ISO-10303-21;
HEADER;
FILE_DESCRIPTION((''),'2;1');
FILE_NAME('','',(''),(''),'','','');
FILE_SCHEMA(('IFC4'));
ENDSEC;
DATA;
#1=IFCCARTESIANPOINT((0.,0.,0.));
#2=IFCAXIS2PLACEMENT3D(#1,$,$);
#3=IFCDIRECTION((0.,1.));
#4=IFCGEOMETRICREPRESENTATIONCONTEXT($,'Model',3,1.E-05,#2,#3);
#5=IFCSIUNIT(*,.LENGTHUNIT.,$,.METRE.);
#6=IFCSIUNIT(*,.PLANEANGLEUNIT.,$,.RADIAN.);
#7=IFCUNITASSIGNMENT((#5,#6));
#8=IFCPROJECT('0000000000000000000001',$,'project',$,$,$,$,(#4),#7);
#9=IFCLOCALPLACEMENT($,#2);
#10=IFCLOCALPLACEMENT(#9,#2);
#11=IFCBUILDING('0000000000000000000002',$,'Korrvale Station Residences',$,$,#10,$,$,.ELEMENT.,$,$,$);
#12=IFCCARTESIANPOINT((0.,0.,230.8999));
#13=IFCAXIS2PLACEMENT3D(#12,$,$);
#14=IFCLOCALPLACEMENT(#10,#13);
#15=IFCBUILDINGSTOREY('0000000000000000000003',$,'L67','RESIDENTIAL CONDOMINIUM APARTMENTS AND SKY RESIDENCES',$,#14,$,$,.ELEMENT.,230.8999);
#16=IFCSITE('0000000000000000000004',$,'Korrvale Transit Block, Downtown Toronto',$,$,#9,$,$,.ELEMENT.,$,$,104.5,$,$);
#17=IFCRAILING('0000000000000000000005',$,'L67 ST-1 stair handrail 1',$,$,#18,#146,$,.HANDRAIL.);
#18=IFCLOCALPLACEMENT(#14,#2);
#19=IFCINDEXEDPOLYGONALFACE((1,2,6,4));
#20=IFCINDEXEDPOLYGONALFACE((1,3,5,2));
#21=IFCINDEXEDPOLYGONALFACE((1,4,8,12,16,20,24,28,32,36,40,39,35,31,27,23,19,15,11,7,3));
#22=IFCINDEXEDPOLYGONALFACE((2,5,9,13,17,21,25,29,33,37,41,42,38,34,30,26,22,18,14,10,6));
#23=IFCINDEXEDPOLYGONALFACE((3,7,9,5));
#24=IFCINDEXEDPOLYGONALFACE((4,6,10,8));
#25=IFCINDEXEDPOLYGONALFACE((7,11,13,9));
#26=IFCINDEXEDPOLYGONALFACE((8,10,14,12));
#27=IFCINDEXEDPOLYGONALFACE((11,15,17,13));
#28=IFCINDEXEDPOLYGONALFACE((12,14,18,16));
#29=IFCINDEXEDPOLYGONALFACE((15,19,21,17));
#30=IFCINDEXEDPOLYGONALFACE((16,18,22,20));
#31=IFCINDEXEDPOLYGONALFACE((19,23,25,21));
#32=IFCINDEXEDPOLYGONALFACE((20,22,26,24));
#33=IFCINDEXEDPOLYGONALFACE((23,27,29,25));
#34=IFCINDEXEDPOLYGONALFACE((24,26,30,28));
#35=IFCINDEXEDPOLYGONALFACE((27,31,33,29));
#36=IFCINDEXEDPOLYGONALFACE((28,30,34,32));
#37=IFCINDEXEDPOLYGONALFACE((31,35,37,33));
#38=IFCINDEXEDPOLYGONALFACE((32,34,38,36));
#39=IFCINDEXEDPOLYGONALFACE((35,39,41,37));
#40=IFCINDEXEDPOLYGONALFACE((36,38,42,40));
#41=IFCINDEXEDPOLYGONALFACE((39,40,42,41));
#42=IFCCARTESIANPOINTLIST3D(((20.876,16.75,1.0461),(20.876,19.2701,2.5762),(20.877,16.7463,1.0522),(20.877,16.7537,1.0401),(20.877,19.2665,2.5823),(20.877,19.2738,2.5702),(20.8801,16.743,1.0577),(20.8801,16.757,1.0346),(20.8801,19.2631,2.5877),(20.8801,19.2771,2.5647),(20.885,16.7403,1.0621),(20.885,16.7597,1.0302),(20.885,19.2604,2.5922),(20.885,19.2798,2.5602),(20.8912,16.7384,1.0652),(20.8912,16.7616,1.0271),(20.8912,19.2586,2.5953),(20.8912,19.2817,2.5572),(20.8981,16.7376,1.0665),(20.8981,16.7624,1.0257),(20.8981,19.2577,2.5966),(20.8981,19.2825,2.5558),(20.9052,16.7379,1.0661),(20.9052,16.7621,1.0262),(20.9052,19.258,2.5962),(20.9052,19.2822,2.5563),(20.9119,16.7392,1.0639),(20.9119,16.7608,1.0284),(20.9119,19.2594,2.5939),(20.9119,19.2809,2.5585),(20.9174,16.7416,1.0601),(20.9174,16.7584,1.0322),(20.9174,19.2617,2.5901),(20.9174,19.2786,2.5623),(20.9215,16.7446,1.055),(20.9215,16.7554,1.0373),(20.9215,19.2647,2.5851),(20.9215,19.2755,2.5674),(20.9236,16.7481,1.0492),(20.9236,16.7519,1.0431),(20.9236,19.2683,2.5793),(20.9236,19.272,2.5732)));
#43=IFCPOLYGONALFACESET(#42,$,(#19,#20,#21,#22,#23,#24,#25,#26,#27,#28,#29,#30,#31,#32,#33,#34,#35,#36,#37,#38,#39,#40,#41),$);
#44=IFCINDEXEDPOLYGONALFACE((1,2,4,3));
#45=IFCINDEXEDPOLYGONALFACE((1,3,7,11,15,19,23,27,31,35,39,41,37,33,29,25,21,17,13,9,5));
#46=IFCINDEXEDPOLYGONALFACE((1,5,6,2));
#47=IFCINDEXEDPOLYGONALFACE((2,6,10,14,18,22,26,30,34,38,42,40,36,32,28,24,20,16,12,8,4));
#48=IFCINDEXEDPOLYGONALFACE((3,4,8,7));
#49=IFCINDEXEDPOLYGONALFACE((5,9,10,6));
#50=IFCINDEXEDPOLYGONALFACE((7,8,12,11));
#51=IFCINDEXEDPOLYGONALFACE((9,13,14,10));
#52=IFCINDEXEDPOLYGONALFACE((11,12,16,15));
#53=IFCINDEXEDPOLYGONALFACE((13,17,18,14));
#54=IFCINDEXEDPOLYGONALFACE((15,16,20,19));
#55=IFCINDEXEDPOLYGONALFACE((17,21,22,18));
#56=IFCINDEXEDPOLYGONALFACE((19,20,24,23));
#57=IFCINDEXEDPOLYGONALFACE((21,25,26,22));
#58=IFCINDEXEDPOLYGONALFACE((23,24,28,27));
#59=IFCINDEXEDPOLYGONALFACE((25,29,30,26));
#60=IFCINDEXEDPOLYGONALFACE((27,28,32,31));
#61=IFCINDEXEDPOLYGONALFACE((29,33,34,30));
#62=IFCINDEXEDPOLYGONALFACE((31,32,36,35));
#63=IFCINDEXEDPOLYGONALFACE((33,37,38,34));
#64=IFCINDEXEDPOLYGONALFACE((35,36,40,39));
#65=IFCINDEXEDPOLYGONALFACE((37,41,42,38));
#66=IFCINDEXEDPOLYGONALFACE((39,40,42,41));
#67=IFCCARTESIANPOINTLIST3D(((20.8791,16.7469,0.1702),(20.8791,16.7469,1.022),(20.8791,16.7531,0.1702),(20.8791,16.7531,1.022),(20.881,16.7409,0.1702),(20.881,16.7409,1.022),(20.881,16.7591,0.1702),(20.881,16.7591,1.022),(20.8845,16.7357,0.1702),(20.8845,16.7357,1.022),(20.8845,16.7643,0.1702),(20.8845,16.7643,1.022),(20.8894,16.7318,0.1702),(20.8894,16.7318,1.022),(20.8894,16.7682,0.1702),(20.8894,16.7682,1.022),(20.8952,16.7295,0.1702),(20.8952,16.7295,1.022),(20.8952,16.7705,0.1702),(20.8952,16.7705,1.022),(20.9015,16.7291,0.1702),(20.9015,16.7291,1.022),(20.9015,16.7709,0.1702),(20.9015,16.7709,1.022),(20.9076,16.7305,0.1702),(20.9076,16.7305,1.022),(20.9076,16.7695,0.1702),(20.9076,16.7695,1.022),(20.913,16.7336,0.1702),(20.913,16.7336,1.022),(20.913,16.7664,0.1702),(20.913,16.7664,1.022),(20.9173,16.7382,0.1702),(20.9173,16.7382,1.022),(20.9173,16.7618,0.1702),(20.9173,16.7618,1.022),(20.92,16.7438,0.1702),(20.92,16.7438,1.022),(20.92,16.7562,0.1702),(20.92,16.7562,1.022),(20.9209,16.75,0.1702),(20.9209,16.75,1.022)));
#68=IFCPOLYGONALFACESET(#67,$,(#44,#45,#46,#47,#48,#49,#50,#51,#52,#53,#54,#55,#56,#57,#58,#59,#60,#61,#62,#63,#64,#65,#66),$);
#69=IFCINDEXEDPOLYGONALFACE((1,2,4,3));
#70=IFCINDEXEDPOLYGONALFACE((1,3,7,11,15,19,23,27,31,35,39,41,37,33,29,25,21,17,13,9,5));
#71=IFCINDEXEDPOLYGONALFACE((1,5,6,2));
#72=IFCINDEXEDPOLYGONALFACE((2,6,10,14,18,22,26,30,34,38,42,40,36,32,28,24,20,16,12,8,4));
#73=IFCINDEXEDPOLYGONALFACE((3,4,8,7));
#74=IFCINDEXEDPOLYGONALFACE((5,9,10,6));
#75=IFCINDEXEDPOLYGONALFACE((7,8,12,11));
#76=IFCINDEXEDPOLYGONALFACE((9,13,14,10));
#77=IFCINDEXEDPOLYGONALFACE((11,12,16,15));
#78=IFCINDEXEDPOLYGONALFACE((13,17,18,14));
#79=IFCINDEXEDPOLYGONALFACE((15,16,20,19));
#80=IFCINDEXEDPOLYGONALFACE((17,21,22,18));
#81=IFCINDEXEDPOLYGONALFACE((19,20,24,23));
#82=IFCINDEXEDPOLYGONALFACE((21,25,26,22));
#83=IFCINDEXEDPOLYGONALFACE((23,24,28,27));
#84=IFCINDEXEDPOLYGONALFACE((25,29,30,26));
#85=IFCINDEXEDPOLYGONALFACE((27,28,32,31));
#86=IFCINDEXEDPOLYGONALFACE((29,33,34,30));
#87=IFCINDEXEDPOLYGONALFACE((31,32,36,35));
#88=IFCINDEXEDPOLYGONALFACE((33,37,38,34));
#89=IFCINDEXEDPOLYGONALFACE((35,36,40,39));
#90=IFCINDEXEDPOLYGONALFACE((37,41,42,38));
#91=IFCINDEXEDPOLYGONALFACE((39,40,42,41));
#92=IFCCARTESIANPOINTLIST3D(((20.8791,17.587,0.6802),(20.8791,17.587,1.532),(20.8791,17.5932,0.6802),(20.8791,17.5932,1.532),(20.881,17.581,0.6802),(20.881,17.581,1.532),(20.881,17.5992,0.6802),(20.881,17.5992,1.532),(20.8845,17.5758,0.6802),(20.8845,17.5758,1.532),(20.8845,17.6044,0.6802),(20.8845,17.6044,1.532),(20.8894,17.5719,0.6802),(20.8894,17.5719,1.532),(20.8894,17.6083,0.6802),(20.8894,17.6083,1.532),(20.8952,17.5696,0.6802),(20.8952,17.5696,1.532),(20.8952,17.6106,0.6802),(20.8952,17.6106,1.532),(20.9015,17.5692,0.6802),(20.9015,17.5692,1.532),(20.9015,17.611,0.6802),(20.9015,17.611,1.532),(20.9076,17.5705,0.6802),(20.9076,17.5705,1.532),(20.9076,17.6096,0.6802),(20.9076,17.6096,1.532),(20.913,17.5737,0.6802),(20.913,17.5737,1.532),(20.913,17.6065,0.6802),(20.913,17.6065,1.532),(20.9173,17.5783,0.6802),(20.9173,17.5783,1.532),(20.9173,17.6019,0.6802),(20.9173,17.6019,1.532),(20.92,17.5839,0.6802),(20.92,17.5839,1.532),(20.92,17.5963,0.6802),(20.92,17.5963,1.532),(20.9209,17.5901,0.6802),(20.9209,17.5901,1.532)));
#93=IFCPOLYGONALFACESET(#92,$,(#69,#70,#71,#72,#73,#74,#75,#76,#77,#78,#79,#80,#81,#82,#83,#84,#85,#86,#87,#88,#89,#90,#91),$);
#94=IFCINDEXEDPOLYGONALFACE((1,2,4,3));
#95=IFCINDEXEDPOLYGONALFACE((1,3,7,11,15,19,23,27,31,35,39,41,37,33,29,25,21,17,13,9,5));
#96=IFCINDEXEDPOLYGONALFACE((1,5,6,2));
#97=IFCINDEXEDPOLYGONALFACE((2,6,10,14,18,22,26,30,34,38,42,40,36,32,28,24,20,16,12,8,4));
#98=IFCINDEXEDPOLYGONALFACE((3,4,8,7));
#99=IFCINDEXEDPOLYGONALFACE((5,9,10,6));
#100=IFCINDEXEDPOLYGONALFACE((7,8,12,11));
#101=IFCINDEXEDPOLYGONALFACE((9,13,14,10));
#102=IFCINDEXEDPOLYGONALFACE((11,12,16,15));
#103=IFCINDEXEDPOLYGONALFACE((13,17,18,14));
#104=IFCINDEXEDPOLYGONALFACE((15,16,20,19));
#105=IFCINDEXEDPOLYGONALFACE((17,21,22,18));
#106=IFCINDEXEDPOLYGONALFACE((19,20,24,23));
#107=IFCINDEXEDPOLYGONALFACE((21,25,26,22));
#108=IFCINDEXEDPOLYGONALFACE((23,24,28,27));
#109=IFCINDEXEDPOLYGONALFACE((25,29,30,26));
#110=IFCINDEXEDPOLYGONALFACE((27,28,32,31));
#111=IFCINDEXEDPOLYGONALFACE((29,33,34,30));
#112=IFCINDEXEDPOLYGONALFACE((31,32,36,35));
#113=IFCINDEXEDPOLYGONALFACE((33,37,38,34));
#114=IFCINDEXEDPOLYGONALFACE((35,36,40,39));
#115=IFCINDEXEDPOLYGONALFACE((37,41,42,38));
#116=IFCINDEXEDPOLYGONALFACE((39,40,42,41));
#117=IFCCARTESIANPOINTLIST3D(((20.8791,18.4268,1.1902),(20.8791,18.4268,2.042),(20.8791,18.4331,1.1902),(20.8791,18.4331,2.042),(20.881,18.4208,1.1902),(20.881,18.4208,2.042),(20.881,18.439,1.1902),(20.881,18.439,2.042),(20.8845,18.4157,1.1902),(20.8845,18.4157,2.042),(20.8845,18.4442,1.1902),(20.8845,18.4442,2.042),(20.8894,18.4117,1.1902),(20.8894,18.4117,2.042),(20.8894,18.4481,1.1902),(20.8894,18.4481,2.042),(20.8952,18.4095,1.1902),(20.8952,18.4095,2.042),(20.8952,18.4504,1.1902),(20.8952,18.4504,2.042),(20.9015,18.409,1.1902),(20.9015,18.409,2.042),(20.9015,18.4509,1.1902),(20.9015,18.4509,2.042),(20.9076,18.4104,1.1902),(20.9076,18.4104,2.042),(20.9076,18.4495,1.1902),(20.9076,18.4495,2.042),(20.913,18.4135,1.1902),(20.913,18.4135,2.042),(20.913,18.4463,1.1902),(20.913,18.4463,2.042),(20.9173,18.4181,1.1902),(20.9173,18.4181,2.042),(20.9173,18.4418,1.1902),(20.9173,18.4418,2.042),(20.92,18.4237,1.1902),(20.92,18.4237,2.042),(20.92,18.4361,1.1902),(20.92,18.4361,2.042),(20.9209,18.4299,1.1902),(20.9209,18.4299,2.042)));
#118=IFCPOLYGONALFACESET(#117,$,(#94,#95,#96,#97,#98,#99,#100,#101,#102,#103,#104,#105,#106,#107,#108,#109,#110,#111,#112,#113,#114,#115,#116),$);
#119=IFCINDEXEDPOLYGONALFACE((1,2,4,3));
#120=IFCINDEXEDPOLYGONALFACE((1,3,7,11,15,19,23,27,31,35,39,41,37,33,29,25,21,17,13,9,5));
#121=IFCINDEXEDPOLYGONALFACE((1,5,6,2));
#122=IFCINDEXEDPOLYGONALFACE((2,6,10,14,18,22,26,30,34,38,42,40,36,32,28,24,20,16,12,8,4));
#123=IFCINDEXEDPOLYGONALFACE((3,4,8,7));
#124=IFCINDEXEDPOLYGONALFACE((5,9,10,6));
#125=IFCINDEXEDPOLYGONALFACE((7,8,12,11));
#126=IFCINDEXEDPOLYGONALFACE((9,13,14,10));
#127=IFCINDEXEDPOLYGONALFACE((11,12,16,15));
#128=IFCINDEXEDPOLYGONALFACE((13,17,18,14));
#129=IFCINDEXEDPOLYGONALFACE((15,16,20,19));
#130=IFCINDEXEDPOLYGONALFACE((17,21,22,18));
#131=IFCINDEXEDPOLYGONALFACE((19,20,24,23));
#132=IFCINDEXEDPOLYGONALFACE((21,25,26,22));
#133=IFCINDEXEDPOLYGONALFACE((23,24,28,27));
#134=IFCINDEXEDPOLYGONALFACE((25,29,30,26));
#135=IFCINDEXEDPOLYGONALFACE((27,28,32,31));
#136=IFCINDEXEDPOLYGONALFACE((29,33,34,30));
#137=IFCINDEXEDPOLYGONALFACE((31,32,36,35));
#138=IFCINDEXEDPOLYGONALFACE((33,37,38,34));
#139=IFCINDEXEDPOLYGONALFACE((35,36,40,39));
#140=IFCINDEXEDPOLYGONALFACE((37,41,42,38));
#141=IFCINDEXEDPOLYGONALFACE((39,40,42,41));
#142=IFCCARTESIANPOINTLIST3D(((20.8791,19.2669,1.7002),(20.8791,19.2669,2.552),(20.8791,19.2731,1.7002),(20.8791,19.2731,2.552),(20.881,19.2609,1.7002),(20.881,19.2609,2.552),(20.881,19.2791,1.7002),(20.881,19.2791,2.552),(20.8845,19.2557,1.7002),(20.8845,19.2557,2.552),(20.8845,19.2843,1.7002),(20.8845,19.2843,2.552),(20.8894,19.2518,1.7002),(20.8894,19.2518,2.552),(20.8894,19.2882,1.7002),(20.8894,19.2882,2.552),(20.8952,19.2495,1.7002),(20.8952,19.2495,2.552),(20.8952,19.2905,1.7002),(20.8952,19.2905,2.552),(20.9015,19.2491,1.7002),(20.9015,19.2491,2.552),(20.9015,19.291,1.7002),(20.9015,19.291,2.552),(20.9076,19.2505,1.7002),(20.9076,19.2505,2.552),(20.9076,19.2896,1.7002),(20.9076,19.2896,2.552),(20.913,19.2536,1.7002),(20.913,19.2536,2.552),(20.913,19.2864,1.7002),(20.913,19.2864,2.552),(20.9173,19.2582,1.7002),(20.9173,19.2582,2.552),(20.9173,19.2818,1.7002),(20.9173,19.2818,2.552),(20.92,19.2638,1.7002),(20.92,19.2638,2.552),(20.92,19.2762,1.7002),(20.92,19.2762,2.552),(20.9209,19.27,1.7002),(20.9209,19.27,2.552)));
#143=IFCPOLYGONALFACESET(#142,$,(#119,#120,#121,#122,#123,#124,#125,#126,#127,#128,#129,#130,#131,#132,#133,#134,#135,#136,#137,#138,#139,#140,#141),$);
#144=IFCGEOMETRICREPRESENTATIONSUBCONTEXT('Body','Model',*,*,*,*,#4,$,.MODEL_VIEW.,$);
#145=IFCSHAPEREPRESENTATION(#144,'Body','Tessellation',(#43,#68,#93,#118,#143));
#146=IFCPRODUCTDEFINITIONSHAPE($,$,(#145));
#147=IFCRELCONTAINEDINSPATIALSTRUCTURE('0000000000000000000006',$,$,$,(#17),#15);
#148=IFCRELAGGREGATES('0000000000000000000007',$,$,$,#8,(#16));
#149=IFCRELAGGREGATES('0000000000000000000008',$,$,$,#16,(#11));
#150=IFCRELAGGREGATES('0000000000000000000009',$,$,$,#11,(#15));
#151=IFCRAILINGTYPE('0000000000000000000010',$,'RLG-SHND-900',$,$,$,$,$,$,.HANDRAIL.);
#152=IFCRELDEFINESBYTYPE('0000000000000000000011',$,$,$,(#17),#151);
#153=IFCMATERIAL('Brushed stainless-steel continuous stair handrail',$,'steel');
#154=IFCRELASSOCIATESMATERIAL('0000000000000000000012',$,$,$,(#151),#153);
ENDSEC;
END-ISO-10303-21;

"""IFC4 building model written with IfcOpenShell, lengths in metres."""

from ifc_helpers import new_model, si_unit, direction, frame, origin, origin_2d, place, context, subcontext, project, spatial, circle, extrude, material, type_object, element, save


model = new_model("IFC4")

# Units and contexts
model_context = context("Model", 3, precision=1e-05, world=origin(), true_north=direction((0.0, 1.0)))
body_context = subcontext(model_context, "Body", "Model", "MODEL_VIEW")
ifc_project = project(units=[si_unit("LENGTHUNIT", "METRE"), si_unit("PLANEANGLEUNIT", "RADIAN")], contexts=[model_context])

# Site, building, storey
site_placement = place(None, origin())
site = spatial("IfcSite", under=ifc_project, at=site_placement, Name="Korrvale Transit Block, Downtown Toronto", CompositionType="ELEMENT", RefElevation=104.5)
building_placement = place(site_placement, origin())
building = spatial("IfcBuilding", under=site, at=building_placement, Name="Korrvale Station Residences", CompositionType="ELEMENT")
storey_placement = place(building_placement, frame((0.0, 0.0, 230.8999)))
storey = spatial("IfcBuildingStorey", under=building, at=storey_placement, Name="L67", Description="RESIDENTIAL CONDOMINIUM APARTMENTS AND SKY RESIDENCES", CompositionType="ELEMENT", Elevation=230.8999)

# Railing
ifc_material_1 = material(Name="Brushed stainless-steel continuous stair handrail", Category="steel")
railing_type_1 = type_object("IfcRailingType", Name="RLG-SHND-900", PredefinedType="HANDRAIL", material=ifc_material_1)
railing_1_placement = place(storey_placement, frame((20.8999, 16.75, 0.1702)))
element("IfcRailing", 1, at=railing_1_placement, inside=storey, type_object=railing_type_1, Name="L67 ST-1 stair handrail 1", PredefinedType="HANDRAIL", context=body_context, shape_type="SweptSolid", body=[
    extrude(circle(Radius=0.0239, at=origin_2d()), frame((0.0, 0.0, 0.876), z_axis=(0.0, 0.854785, 0.518982), x_axis=(-1.0, 0.0, 0.0)), (0.0, 0.0, 1.0), 2.9482),
    extrude(circle(Radius=0.021, at=origin_2d()), origin(), (0.0, 0.0, 1.0), 0.8518),
    extrude(circle(Radius=0.021, at=origin_2d()), frame((0.0, 0.8401, 0.51)), (0.0, 0.0, 1.0), 0.8518),
    extrude(circle(Radius=0.021, at=origin_2d()), frame((0.0, 1.6799, 1.02)), (0.0, 0.0, 1.0), 0.8518),
    extrude(circle(Radius=0.021, at=origin_2d()), frame((0.0, 2.52, 1.53)), (0.0, 0.0, 1.0), 0.8518),
])

save(model, "model.ifc")
